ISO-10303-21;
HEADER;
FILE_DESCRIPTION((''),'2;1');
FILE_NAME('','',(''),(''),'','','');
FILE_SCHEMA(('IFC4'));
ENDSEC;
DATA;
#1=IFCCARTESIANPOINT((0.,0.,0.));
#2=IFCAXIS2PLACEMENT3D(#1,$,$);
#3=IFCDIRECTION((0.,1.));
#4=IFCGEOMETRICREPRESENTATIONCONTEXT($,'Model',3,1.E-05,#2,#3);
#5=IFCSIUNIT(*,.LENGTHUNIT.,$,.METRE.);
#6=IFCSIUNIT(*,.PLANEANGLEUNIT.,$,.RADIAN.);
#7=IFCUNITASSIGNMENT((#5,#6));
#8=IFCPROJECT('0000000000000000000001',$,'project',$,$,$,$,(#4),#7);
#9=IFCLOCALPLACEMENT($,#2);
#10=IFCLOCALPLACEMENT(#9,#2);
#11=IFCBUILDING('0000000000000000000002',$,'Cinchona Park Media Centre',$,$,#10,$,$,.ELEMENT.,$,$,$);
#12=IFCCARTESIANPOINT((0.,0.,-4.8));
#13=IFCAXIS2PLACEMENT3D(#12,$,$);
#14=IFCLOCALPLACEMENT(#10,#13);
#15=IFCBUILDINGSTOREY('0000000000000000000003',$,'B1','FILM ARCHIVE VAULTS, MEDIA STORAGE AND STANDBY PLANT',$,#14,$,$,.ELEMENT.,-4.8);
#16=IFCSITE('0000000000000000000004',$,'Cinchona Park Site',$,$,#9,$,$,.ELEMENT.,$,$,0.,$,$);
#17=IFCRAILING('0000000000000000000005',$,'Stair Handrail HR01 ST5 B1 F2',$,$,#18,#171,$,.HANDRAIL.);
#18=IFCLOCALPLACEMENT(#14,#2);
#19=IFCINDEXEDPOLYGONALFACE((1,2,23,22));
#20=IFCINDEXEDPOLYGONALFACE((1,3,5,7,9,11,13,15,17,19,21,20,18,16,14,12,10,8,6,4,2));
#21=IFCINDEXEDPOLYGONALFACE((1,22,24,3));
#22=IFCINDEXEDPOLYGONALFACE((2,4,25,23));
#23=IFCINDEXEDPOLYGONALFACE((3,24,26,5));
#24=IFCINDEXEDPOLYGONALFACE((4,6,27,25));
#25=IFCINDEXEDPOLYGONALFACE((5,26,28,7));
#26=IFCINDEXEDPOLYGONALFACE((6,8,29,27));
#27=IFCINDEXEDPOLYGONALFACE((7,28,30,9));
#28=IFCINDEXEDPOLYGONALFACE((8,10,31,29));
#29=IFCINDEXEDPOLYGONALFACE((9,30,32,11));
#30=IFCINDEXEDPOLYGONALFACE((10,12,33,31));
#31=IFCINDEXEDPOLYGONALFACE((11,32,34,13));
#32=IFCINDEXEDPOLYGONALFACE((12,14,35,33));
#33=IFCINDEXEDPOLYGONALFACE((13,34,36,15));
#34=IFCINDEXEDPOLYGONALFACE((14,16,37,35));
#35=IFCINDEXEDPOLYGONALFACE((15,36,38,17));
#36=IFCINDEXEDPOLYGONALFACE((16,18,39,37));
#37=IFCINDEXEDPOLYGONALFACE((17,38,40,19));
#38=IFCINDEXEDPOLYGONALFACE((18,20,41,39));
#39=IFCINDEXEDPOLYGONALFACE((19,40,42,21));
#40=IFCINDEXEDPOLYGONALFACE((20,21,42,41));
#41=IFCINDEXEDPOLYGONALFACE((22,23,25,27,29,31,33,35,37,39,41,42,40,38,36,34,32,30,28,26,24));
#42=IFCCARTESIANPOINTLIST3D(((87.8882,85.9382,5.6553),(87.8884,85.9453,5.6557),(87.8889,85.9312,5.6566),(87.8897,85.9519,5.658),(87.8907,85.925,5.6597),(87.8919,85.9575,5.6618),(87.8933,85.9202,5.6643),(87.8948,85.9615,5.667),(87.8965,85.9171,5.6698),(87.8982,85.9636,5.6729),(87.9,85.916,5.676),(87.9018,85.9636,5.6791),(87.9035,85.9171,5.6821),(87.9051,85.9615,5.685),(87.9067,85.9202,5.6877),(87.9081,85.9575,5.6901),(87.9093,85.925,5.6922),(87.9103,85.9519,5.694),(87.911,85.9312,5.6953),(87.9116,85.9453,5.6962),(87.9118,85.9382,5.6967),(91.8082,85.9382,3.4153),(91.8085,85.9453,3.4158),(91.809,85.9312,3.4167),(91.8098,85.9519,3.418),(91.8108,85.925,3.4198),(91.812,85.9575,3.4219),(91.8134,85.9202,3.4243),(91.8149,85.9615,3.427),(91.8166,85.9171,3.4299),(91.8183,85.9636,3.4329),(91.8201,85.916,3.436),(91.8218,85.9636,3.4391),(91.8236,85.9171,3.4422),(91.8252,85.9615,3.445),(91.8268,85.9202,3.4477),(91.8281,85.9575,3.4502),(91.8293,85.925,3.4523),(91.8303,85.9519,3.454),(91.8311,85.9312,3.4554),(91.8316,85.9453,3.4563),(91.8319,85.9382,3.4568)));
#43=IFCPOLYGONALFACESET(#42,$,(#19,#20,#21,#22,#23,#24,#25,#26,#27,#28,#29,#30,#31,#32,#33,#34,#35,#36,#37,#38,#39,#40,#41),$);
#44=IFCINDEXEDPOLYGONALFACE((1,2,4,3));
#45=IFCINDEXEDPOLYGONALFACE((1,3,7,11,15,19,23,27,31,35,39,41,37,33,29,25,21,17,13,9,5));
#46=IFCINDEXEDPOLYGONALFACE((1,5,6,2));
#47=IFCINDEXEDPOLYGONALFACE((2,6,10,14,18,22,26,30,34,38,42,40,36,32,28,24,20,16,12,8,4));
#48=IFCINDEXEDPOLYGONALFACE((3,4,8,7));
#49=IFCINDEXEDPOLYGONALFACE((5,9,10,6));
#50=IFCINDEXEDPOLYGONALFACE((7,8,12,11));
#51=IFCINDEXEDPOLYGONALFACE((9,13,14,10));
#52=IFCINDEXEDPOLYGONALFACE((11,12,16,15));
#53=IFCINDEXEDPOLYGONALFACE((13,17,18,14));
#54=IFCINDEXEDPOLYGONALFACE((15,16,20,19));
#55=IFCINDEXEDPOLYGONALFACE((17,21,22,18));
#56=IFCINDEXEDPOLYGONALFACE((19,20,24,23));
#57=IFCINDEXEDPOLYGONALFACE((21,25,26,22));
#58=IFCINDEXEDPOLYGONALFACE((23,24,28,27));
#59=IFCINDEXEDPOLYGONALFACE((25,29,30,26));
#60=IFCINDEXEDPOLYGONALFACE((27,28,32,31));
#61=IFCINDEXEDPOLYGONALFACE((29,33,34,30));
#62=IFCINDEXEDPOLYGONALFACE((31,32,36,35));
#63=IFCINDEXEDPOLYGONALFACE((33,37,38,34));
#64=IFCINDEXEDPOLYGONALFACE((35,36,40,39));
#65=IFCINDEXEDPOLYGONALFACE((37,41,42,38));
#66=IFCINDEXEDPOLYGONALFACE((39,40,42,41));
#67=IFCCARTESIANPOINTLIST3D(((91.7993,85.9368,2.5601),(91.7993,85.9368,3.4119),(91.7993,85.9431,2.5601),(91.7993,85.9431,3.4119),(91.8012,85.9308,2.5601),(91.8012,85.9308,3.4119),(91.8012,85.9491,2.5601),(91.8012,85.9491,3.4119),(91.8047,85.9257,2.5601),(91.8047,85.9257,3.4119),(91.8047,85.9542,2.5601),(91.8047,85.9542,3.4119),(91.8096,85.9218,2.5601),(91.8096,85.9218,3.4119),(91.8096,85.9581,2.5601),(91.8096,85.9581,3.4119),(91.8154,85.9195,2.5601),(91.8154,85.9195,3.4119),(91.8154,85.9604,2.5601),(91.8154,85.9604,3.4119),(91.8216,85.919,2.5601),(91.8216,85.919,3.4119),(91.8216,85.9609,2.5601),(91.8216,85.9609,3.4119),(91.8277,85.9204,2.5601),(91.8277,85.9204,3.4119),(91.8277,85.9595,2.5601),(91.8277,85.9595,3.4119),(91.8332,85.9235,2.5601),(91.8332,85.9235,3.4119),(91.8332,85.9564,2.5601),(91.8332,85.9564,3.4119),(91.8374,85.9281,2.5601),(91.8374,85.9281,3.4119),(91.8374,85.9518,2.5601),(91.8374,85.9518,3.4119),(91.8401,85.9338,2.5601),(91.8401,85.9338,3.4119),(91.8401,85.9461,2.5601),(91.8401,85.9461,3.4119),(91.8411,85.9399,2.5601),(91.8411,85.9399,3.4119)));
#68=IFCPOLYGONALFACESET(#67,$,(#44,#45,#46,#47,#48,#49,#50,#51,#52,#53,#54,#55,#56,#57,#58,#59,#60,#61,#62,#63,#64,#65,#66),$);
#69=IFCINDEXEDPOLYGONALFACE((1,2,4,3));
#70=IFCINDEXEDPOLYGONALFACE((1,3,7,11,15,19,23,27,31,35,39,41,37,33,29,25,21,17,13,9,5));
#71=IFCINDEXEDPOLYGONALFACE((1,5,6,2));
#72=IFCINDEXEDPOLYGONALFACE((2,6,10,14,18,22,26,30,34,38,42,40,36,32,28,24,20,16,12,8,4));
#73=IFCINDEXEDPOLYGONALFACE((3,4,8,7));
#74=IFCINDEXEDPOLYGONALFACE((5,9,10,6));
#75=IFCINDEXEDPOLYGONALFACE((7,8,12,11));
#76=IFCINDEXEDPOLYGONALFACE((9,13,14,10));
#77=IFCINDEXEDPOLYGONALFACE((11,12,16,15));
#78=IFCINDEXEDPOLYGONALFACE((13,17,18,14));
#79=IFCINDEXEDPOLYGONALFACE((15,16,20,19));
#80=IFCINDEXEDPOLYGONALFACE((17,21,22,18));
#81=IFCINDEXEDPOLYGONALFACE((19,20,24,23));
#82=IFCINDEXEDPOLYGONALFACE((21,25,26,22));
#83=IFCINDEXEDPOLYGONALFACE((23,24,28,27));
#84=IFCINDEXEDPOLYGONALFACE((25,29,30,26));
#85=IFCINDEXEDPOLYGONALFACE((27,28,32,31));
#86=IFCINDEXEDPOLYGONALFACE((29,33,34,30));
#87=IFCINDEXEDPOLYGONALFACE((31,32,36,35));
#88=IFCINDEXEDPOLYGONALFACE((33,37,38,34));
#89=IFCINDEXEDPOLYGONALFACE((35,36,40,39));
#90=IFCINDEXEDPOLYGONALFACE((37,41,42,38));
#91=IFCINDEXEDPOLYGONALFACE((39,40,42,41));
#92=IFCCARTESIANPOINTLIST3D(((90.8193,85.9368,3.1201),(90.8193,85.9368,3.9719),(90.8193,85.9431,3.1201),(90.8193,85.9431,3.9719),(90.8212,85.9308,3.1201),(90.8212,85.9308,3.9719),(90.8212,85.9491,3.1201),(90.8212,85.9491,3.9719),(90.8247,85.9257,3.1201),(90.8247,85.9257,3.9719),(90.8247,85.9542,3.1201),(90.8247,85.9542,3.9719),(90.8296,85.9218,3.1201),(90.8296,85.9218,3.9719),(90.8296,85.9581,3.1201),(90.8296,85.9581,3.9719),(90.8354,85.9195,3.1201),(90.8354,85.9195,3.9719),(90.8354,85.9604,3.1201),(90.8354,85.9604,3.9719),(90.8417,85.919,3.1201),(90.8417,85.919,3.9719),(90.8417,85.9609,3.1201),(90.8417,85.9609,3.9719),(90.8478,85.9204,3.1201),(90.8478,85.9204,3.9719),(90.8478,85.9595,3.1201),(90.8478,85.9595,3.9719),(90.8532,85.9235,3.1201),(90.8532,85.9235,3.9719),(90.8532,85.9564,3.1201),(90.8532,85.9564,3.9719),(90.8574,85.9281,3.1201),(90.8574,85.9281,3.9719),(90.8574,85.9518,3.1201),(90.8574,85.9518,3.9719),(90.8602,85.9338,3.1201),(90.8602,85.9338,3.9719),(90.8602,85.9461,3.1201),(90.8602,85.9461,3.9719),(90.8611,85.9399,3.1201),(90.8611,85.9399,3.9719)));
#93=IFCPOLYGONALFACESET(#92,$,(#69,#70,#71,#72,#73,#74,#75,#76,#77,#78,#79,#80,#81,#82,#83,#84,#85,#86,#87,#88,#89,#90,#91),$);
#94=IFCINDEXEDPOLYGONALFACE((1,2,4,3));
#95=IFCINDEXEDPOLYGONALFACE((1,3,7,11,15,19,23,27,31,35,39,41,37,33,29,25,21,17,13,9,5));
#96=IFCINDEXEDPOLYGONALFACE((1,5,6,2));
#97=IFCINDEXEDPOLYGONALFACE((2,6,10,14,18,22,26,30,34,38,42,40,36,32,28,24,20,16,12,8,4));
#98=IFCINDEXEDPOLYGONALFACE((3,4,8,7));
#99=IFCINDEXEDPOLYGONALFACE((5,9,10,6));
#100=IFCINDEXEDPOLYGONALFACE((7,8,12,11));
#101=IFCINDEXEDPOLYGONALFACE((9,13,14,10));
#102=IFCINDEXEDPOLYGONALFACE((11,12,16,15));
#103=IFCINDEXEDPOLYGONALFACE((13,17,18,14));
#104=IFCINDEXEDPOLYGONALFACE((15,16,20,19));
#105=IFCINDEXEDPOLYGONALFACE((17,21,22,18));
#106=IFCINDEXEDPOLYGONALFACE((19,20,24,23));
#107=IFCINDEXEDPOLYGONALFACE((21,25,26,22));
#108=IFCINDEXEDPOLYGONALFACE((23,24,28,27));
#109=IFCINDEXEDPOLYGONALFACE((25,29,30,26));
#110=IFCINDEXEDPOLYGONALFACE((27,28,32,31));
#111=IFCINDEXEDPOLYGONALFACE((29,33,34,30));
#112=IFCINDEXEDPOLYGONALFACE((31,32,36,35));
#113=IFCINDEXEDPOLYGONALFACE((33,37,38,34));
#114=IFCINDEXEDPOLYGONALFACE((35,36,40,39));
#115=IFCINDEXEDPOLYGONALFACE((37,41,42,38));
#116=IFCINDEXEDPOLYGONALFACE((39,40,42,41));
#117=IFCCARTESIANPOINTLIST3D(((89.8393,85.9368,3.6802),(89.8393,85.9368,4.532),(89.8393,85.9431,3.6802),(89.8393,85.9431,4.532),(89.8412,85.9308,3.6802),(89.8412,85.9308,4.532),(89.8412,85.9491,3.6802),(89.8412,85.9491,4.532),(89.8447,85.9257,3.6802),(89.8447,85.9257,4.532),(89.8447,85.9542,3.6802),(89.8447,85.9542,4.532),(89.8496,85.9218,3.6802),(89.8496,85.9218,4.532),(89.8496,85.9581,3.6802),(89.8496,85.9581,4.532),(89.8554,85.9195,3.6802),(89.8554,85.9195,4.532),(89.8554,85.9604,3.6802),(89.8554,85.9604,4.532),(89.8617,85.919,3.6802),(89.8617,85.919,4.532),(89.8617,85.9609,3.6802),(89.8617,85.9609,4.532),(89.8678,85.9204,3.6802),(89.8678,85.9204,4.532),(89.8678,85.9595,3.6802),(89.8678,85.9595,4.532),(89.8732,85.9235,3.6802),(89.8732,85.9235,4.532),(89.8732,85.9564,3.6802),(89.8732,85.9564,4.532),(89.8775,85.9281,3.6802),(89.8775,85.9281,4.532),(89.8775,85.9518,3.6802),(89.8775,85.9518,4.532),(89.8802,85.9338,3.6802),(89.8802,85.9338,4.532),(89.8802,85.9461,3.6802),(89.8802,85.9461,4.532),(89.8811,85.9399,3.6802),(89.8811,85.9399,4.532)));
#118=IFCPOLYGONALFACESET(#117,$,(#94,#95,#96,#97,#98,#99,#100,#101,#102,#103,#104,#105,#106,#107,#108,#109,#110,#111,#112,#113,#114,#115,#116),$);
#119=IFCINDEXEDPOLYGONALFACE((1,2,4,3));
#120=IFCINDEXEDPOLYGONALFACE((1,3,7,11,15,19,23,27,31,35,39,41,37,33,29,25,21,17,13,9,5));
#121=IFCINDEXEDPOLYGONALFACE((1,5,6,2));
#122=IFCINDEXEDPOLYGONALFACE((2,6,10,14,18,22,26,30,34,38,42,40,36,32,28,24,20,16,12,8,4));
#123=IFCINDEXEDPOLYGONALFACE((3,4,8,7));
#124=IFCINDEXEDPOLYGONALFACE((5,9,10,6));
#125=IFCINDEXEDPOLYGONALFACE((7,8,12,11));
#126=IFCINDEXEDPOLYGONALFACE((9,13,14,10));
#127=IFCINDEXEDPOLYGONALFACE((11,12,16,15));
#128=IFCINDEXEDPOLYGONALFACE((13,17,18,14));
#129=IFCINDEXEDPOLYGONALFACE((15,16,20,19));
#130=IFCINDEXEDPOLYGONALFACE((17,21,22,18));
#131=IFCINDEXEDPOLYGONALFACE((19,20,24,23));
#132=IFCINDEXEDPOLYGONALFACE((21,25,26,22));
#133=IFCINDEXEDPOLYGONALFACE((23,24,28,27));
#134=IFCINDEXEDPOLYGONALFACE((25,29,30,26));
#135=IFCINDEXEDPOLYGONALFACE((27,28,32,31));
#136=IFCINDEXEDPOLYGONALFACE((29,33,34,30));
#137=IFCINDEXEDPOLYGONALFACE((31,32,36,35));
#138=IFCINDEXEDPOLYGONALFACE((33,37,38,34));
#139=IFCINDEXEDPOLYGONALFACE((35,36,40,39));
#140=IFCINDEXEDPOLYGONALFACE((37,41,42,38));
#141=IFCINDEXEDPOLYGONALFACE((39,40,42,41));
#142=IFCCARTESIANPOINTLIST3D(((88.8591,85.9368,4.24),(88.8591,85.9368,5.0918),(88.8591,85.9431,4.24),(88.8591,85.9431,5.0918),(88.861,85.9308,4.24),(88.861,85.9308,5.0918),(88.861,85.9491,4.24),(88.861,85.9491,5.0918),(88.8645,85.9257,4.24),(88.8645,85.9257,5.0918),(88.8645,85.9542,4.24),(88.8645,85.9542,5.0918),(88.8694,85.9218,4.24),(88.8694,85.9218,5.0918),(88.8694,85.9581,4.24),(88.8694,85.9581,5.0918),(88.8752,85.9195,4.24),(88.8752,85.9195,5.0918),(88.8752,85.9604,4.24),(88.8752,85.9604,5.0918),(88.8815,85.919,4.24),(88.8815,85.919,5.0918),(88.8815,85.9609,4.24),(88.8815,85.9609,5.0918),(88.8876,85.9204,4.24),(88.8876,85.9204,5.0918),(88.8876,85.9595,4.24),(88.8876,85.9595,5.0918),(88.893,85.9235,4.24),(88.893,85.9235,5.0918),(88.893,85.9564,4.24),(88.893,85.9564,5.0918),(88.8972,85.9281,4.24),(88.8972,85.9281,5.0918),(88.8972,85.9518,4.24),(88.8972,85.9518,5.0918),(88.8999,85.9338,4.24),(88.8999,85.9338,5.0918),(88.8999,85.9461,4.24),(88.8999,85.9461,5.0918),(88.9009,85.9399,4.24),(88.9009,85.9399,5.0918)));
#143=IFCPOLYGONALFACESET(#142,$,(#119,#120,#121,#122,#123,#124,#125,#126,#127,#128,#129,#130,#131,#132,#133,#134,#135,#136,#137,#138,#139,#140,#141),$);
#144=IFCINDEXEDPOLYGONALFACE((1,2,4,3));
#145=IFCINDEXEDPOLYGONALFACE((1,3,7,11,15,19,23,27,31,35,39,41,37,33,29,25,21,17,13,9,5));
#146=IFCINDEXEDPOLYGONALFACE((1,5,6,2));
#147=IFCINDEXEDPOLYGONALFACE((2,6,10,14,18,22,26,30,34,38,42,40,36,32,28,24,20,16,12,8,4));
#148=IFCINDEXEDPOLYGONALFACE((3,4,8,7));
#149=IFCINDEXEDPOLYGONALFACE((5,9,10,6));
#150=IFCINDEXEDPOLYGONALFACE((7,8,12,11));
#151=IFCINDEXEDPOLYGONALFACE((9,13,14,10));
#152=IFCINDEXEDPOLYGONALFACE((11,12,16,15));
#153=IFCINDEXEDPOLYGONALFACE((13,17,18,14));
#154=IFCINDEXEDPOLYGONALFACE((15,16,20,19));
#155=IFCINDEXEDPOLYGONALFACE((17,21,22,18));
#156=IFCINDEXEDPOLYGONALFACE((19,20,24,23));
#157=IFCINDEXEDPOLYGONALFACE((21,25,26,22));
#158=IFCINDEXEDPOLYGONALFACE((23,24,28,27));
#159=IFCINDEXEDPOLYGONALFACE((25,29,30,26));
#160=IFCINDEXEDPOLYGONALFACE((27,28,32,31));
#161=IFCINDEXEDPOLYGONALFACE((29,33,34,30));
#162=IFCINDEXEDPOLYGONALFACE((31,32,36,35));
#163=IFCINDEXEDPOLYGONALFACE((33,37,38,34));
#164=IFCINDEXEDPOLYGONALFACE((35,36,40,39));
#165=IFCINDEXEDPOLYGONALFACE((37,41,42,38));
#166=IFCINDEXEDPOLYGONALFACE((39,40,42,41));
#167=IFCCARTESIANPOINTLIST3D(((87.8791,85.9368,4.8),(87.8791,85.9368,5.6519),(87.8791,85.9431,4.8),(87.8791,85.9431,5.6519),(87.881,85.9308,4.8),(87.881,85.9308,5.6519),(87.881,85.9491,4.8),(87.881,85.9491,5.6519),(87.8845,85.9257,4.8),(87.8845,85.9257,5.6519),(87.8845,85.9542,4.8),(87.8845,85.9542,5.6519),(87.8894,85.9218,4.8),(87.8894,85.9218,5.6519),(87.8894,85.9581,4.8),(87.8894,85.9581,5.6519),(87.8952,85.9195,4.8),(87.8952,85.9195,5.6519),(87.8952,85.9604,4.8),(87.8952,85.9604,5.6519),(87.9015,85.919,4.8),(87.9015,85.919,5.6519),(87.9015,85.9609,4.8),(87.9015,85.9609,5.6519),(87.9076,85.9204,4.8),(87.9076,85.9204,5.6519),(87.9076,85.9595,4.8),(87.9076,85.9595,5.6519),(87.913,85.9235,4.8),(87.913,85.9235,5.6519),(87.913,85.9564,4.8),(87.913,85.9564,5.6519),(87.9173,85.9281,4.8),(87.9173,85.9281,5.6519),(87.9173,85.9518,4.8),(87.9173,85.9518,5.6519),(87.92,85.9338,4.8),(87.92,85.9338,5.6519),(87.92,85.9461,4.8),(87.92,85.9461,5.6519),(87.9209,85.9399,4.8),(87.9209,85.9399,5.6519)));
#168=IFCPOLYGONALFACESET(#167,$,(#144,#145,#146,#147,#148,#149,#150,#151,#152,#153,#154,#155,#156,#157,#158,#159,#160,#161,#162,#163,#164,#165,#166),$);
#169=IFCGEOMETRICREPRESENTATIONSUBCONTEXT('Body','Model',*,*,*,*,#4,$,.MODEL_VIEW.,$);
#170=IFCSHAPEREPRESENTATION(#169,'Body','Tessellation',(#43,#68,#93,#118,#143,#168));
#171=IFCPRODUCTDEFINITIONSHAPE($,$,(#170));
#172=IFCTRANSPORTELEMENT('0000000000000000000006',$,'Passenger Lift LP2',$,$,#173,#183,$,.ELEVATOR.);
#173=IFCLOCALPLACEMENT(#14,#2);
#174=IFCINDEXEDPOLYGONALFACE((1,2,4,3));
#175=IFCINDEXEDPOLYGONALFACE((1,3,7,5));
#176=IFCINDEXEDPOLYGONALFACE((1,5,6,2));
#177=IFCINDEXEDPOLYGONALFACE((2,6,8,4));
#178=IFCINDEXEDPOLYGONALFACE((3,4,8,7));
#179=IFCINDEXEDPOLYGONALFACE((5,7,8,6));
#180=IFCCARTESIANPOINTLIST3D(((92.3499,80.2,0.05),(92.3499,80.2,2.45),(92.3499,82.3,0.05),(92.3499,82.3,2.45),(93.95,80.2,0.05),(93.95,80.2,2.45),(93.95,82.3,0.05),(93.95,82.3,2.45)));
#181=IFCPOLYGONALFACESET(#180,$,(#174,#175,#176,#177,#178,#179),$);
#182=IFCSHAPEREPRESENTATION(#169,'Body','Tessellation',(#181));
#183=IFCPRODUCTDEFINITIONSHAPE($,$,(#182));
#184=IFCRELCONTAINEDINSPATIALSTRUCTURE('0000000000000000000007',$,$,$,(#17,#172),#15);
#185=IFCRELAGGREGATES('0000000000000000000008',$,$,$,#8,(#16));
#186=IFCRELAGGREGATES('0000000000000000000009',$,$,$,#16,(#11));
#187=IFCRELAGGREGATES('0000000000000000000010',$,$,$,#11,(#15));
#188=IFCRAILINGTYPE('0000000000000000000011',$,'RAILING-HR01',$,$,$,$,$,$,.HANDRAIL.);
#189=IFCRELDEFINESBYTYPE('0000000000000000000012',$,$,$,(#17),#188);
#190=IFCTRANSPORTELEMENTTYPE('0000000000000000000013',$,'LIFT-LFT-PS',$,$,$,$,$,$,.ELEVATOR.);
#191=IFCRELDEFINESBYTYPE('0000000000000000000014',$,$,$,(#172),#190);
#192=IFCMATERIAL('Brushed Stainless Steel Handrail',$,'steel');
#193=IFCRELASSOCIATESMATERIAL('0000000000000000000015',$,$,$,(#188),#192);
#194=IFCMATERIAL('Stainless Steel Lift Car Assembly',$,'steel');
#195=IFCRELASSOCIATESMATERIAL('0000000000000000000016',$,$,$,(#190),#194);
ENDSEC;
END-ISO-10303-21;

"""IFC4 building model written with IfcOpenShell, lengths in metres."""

from ifc_helpers import new_model, si_unit, direction, frame, origin, origin_2d, place, context, subcontext, project, spatial, rectangle, circle, extrude, material, type_object, element, save


model = new_model("IFC4")

# Units and contexts
model_context = context("Model", 3, precision=1e-05, world=origin(), true_north=direction((0.0, 1.0)))
body_context = subcontext(model_context, "Body", "Model", "MODEL_VIEW")
ifc_project = project(units=[si_unit("LENGTHUNIT", "METRE"), si_unit("PLANEANGLEUNIT", "RADIAN")], contexts=[model_context])

# Site, building, storey
site_placement = place(None, origin())
site = spatial("IfcSite", under=ifc_project, at=site_placement, Name="Cinchona Park Site", CompositionType="ELEMENT", RefElevation=0.0)
building_placement = place(site_placement, origin())
building = spatial("IfcBuilding", under=site, at=building_placement, Name="Cinchona Park Media Centre", CompositionType="ELEMENT")
storey_placement = place(building_placement, frame((0.0, 0.0, -4.8)))
storey = spatial("IfcBuildingStorey", under=building, at=storey_placement, Name="B1", Description="FILM ARCHIVE VAULTS, MEDIA STORAGE AND STANDBY PLANT", CompositionType="ELEMENT", Elevation=-4.8)

# Railing
ifc_material_1 = material(Name="Brushed Stainless Steel Handrail", Category="steel")
railing_type_1 = type_object("IfcRailingType", Name="RAILING-HR01", PredefinedType="HANDRAIL", material=ifc_material_1)
railing_1_placement = place(storey_placement, frame((91.8201, 85.9399, 2.5601)))
element("IfcRailing", 1, at=railing_1_placement, inside=storey, type_object=railing_type_1, Name="Stair Handrail HR01 ST5 B1 F2", PredefinedType="HANDRAIL", context=body_context, shape_type="SweptSolid", body=[
    extrude(circle(Radius=0.0239, at=origin_2d()), frame((0.0, 0.0, 0.876), z_axis=(-0.868253, 0.0, 0.496121), x_axis=(0.0, -1.0, 0.0)), (0.0, 0.0, 1.0), 4.5149),
    extrude(circle(Radius=0.021, at=origin_2d()), origin(), (0.0, 0.0, 1.0), 0.8518),
    extrude(circle(Radius=0.021, at=origin_2d()), frame((-0.98, 0.0, 0.5601)), (0.0, 0.0, 1.0), 0.8518),
    extrude(circle(Radius=0.021, at=origin_2d()), frame((-1.96, 0.0, 1.1201)), (0.0, 0.0, 1.0), 0.8518),
    extrude(circle(Radius=0.021, at=origin_2d()), frame((-2.9402, 0.0, 1.6799)), (0.0, 0.0, 1.0), 0.8518),
    extrude(circle(Radius=0.021, at=origin_2d()), frame((-3.9202, 0.0, 2.24)), (0.0, 0.0, 1.0), 0.8518),
])

# Transport element
ifc_material_2 = material(Name="Stainless Steel Lift Car Assembly", Category="steel")
transport_element_type = type_object("IfcTransportElementType", Name="LIFT-LFT-PS", PredefinedType="ELEVATOR", material=ifc_material_2)
transport_element_placement = place(storey_placement, frame((93.1499, 81.25, 0.05), z_axis=(0.0, 0.0, 1.0), x_axis=(1.0, 0.0, 0.0)))
element("IfcTransportElement", 2, at=transport_element_placement, inside=storey, type_object=transport_element_type, Name="Passenger Lift LP2", PredefinedType="ELEVATOR", context=body_context, shape_type="SweptSolid", body=[
    extrude(rectangle(XDim=1.6001, YDim=2.1001, at=origin_2d()), origin(), (0.0, 0.0, 1.0), 2.3999),
])

save(model, "model.ifc")
